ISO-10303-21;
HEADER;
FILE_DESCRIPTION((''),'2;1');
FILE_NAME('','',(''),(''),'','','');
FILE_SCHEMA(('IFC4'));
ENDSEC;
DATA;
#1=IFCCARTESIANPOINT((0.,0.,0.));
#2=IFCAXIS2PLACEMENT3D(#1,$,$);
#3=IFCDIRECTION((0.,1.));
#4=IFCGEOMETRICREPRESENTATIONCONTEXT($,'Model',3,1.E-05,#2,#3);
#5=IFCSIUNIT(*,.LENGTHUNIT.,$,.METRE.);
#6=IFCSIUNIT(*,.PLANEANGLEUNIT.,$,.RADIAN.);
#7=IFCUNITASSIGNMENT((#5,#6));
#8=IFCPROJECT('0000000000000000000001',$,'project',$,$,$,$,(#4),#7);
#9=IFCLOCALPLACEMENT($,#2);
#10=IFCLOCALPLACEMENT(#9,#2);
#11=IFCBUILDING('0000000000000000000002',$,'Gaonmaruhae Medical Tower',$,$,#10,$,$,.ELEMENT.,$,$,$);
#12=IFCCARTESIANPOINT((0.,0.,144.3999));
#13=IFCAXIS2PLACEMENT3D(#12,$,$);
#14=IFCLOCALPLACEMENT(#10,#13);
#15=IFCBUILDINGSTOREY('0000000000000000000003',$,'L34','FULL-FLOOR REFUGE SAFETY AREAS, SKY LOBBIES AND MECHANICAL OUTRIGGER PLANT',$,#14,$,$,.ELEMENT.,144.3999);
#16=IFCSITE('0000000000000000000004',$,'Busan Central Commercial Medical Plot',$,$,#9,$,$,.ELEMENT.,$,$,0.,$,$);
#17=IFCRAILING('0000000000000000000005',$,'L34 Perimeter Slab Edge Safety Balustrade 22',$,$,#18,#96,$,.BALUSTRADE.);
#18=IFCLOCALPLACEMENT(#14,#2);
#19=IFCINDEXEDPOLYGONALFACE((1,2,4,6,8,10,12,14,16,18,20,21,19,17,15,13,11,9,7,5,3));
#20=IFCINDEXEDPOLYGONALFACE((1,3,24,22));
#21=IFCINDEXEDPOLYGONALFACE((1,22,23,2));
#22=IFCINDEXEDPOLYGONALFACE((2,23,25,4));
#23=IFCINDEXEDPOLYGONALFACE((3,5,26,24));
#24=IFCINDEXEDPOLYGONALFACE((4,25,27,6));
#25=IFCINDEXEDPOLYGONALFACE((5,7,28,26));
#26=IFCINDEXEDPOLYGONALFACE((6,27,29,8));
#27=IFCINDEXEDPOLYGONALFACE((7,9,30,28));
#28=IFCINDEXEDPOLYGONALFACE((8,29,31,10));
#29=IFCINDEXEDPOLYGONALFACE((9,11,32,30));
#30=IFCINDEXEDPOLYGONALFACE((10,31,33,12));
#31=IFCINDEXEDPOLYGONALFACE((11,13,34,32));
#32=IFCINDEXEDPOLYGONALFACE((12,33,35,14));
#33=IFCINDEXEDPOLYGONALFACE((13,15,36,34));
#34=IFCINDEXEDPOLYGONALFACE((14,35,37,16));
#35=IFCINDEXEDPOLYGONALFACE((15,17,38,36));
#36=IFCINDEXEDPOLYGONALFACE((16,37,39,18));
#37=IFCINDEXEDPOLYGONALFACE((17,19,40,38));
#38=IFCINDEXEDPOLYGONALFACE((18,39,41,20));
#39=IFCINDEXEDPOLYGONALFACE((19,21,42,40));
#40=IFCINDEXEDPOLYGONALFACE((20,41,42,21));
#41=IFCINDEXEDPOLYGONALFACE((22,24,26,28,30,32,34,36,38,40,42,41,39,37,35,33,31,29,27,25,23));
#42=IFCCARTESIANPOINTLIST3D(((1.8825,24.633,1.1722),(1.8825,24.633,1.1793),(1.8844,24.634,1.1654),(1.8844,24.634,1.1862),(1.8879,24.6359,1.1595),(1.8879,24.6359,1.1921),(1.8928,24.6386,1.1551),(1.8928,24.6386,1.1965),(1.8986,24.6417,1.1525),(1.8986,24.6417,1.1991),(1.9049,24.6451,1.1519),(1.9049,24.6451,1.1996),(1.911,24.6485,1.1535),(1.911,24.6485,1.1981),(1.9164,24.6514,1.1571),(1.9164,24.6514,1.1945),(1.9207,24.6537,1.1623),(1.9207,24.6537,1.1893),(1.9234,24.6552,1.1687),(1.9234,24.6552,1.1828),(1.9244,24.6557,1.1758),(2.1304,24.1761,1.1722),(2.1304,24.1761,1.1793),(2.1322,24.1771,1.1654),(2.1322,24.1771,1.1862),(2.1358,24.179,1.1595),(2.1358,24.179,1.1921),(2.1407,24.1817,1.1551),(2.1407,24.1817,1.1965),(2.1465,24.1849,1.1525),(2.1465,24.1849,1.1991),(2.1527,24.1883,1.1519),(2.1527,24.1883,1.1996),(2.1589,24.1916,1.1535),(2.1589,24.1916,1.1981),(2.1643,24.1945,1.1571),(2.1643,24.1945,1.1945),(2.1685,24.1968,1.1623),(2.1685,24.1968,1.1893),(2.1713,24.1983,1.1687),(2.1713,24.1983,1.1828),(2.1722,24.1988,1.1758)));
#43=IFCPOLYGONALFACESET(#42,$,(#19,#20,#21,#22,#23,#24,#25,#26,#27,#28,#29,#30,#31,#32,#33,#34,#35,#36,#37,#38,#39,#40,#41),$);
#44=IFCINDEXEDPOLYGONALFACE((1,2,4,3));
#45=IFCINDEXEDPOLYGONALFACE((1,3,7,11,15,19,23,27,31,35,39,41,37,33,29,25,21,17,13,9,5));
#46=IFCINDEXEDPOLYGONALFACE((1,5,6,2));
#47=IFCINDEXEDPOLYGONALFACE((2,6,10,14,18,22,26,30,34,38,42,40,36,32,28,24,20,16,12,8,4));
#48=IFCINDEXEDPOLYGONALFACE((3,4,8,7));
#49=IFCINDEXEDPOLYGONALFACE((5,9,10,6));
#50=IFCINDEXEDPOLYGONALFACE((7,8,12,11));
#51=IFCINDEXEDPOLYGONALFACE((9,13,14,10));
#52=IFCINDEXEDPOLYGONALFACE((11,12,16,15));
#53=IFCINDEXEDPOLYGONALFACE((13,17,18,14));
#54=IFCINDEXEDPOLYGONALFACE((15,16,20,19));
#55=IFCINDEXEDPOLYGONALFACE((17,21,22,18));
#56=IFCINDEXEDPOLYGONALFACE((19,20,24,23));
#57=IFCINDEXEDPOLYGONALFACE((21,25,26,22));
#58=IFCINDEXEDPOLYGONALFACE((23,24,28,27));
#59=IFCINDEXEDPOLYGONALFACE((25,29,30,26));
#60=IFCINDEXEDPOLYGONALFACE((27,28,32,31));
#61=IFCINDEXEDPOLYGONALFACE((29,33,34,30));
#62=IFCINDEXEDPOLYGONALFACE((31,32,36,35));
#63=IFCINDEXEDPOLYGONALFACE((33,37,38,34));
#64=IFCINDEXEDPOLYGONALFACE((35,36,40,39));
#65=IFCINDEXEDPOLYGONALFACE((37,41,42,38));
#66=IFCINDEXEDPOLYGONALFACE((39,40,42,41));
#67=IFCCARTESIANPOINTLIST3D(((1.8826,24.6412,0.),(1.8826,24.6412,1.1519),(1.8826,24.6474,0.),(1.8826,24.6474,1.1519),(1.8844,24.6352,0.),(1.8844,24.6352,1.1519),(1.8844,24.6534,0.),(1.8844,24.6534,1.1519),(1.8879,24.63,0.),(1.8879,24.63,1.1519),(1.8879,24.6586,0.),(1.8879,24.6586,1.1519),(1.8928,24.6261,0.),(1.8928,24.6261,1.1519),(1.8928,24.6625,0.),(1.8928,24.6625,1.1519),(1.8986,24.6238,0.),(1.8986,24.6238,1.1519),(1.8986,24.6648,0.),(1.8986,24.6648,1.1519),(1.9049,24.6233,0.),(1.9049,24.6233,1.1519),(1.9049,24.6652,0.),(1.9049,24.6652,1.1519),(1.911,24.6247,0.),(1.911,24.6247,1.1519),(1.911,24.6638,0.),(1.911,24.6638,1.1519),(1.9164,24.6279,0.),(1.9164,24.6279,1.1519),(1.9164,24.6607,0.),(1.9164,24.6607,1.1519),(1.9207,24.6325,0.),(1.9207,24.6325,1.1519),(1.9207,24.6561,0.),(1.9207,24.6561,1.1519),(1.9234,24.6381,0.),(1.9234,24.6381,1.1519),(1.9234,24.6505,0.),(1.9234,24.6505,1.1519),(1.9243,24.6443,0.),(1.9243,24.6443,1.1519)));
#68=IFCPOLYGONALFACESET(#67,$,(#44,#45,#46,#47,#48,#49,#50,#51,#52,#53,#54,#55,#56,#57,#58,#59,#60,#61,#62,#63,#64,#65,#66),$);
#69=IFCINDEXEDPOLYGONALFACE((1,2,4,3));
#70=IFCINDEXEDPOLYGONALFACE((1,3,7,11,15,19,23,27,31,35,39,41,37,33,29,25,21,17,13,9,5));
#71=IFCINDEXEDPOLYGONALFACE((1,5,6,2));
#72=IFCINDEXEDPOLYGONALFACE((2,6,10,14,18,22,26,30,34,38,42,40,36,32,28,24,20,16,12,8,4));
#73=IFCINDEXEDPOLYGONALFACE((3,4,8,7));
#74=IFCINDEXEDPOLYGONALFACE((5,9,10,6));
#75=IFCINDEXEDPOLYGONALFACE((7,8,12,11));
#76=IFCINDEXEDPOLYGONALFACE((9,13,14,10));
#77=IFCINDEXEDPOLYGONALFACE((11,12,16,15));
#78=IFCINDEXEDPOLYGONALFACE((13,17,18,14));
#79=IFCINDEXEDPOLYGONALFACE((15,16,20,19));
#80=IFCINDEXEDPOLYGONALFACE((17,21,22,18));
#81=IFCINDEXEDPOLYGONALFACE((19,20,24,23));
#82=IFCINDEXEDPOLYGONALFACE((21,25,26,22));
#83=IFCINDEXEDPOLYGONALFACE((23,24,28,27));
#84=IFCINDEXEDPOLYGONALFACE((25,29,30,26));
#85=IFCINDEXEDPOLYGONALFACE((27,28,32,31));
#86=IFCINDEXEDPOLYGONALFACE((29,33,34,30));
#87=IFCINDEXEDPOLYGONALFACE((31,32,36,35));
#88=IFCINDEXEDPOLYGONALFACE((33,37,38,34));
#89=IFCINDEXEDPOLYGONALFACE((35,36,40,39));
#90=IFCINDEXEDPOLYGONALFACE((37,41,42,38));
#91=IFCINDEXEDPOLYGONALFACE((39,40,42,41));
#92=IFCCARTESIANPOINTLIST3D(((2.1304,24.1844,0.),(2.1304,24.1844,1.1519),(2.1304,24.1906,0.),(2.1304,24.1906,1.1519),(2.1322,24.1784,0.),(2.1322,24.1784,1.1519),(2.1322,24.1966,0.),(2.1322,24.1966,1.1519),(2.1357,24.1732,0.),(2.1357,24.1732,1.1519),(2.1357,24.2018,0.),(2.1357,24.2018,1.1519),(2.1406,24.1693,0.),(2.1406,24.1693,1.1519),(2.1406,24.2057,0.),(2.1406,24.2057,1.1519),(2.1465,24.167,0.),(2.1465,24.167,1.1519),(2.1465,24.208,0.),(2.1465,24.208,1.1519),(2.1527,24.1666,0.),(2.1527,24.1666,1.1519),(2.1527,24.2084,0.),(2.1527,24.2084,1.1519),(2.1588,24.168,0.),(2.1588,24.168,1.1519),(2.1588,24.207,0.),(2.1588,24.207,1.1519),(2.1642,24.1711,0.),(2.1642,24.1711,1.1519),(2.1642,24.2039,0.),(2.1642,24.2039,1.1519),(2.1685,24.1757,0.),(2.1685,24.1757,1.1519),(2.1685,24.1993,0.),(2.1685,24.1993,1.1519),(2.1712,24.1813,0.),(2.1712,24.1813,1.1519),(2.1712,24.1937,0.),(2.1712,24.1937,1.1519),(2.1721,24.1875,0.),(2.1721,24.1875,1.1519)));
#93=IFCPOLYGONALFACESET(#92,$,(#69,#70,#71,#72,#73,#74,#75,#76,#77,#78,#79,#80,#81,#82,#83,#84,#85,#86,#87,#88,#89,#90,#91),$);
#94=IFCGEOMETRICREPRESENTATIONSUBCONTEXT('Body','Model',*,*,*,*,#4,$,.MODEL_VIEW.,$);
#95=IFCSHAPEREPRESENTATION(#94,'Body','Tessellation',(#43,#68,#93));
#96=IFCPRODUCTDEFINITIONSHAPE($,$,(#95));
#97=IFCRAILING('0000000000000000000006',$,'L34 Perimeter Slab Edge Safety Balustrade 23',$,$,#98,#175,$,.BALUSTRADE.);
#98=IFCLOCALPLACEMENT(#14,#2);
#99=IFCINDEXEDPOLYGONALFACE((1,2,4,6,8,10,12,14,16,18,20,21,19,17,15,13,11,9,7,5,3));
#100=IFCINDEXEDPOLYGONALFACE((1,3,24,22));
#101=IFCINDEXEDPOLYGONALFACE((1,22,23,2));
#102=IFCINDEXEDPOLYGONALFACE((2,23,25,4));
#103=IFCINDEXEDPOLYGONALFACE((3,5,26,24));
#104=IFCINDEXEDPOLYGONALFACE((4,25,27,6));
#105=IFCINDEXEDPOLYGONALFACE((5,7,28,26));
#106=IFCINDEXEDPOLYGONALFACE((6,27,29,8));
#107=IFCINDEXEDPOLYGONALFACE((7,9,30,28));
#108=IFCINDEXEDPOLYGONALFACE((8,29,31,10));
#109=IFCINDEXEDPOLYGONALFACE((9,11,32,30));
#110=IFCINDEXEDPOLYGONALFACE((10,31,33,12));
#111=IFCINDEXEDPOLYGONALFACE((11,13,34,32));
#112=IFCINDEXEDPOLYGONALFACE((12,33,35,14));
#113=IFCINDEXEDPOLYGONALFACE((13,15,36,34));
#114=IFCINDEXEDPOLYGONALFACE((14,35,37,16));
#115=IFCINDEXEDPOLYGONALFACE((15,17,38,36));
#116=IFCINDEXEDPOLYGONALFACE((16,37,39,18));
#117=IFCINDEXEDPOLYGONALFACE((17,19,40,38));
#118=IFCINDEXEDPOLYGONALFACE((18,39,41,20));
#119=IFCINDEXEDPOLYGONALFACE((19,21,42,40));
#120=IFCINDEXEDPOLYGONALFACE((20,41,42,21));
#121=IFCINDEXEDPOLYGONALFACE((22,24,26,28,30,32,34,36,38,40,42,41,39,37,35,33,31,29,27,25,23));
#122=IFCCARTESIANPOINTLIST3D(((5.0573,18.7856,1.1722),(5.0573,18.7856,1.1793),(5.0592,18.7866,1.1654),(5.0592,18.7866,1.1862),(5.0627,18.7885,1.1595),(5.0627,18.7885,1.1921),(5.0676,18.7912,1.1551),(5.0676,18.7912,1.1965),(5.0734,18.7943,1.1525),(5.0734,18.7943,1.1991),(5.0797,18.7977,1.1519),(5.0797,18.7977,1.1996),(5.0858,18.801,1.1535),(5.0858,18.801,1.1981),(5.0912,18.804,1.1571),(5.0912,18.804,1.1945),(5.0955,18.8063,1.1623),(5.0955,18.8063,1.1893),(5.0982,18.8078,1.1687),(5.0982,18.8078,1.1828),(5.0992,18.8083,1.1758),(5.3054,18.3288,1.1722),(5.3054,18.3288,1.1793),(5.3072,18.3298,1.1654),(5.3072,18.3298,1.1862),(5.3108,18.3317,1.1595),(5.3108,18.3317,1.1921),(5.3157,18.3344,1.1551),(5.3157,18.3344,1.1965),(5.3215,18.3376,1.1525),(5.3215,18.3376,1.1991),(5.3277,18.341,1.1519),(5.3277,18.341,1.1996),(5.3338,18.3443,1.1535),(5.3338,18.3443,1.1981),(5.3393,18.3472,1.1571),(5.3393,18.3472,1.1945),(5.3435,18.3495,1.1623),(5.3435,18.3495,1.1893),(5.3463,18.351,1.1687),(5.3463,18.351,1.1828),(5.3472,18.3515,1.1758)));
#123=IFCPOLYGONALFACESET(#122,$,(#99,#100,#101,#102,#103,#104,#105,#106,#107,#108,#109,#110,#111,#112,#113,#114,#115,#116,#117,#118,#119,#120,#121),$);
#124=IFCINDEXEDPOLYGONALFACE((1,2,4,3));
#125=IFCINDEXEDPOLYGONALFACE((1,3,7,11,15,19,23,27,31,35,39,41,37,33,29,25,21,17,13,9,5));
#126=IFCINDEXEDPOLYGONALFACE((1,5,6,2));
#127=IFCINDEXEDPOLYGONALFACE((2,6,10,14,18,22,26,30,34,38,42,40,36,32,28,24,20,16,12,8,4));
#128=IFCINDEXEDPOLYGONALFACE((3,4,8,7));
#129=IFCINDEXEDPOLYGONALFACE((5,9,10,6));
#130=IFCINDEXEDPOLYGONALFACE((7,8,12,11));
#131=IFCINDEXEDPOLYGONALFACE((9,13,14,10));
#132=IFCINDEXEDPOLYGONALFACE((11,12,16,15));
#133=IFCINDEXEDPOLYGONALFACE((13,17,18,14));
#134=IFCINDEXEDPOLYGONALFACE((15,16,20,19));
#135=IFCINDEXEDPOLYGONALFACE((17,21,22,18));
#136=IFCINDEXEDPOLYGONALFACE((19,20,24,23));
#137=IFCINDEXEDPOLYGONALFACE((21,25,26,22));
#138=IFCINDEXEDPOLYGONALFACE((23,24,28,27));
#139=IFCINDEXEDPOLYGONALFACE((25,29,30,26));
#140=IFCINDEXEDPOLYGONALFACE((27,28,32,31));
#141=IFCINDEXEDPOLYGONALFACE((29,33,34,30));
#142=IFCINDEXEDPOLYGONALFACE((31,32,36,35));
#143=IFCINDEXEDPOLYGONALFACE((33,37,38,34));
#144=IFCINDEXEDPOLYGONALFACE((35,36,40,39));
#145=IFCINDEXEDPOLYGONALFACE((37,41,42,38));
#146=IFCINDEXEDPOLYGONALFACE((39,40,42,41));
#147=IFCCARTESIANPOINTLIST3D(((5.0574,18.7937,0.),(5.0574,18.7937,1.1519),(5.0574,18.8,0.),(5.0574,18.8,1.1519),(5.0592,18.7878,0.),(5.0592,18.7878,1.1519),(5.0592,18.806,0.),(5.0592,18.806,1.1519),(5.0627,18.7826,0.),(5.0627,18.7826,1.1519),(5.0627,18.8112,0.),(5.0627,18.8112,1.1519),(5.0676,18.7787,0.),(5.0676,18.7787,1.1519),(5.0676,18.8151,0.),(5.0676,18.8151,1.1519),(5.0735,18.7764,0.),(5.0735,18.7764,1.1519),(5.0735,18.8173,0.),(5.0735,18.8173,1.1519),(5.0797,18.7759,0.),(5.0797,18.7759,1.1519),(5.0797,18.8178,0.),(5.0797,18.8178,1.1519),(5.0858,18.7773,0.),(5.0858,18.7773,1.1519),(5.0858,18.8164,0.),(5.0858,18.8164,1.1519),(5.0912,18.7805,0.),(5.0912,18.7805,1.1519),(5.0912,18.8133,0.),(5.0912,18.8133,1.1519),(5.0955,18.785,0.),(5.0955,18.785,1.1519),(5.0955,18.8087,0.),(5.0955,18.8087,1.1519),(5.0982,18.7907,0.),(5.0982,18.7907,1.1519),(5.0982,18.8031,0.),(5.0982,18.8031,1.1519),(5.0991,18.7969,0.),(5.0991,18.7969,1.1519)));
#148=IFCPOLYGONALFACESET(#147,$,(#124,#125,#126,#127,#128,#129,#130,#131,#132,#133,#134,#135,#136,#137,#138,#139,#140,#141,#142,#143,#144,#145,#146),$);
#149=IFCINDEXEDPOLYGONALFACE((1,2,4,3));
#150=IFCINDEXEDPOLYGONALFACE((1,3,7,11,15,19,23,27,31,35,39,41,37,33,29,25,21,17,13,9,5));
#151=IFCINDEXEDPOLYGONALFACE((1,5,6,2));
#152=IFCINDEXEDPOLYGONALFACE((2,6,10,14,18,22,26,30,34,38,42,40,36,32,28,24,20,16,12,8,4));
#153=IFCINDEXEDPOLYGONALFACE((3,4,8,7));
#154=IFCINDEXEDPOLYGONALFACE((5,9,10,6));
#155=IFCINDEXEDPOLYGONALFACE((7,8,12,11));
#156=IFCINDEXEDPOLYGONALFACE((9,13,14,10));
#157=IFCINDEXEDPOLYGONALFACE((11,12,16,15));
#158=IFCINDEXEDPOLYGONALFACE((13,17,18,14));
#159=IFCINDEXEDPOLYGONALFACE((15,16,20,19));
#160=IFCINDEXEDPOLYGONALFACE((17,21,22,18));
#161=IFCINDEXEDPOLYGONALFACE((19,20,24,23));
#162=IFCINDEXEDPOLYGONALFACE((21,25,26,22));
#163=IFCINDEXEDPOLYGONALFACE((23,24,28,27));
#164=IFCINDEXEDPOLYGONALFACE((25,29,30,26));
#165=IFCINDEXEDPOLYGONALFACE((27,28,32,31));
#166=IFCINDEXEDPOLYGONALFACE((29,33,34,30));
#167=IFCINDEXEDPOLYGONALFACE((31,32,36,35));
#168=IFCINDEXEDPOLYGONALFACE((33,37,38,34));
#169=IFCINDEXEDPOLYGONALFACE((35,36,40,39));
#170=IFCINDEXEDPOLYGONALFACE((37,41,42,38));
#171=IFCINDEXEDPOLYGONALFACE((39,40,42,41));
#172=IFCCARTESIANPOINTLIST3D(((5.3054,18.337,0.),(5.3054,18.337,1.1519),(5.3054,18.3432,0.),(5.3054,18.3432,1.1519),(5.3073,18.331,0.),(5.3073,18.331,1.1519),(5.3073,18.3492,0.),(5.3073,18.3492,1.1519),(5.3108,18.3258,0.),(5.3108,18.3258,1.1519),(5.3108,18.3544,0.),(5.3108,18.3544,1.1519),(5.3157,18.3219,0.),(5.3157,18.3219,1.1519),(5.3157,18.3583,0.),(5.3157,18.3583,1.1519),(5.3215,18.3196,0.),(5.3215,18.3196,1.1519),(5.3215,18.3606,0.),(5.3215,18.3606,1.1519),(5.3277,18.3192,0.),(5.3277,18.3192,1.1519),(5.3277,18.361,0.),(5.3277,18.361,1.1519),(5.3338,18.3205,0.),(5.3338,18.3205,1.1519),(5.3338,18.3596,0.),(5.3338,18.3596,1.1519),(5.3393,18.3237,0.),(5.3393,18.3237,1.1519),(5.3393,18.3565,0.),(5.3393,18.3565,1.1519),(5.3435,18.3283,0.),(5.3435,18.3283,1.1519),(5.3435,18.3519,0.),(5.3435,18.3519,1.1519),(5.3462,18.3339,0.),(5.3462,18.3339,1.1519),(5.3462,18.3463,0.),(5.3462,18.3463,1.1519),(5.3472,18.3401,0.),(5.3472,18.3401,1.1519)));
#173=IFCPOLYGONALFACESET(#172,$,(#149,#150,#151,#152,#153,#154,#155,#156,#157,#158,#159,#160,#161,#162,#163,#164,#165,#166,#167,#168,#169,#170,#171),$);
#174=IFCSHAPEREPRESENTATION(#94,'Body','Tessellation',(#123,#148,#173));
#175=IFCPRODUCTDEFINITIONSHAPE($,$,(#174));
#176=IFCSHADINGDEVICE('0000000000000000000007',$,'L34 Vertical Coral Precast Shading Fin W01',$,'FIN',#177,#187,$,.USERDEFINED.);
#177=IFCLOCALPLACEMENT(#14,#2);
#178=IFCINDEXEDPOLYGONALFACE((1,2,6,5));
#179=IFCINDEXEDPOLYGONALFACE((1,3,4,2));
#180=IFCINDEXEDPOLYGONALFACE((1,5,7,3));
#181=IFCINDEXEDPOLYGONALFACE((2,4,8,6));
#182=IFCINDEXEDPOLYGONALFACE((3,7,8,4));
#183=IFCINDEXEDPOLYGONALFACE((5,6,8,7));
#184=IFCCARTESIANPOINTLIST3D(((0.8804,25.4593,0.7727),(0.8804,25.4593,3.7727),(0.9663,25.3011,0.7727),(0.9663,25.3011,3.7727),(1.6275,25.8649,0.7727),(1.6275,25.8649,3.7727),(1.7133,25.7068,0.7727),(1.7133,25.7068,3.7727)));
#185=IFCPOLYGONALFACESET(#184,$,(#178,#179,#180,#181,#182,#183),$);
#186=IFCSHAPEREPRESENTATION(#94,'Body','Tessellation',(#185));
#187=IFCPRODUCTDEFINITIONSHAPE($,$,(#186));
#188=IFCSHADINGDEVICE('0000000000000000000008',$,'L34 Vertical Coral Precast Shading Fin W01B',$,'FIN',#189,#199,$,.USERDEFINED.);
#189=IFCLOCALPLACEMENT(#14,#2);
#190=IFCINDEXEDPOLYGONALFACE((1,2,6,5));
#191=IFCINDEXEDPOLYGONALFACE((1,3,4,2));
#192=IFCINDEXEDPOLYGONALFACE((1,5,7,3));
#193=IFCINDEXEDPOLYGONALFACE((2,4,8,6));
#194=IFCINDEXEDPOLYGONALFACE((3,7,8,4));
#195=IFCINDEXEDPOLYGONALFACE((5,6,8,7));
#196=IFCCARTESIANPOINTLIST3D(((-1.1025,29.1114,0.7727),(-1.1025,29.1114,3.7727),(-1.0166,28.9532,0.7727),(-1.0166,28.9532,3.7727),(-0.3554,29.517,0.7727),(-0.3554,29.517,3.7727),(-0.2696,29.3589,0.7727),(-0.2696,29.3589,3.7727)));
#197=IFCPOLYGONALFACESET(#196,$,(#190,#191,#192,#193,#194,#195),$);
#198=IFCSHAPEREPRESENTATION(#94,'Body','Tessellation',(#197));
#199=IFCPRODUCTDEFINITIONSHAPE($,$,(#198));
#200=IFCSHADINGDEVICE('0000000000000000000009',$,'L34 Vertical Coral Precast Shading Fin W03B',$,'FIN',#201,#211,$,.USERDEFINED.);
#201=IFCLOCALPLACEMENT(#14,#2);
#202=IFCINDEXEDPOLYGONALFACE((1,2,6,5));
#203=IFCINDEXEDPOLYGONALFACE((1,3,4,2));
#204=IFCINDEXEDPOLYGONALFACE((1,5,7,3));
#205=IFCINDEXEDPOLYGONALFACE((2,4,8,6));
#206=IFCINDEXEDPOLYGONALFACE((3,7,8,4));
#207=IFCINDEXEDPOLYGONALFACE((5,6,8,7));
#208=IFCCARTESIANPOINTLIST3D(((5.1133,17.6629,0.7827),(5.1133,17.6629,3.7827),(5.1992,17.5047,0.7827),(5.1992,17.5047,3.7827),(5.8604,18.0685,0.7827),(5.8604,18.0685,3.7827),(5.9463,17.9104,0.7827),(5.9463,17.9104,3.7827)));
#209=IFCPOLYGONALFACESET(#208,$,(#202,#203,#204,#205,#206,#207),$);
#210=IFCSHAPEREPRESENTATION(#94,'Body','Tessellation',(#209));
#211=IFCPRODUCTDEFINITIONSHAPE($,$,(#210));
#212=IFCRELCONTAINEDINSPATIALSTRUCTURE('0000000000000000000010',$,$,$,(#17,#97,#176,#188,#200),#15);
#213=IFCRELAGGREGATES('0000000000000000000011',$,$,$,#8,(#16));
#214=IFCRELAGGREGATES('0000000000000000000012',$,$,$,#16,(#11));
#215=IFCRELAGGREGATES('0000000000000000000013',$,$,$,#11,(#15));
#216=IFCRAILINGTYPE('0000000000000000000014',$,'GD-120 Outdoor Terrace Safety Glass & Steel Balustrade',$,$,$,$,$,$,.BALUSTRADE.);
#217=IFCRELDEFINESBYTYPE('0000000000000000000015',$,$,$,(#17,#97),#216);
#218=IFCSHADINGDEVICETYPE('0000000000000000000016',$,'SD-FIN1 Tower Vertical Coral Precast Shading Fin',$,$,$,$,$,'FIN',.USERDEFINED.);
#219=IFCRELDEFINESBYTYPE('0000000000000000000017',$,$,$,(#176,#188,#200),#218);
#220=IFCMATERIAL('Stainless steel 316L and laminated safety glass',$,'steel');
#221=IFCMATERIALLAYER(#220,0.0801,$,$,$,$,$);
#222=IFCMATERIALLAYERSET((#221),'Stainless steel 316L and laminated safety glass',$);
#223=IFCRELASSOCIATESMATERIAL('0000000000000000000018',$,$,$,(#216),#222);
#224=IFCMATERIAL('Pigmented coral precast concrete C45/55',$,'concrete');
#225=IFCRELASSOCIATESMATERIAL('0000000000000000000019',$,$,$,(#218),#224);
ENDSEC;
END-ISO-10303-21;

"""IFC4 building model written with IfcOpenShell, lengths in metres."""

from ifc_helpers import new_model, si_unit, direction, frame, origin, origin_2d, place, context, subcontext, project, spatial, rectangle, circle, extrude, material, layer, layer_set, type_object, element, save


model = new_model("IFC4")

# Units and contexts
model_context = context("Model", 3, precision=1e-05, world=origin(), true_north=direction((0.0, 1.0)))
body_context = subcontext(model_context, "Body", "Model", "MODEL_VIEW")
ifc_project = project(units=[si_unit("LENGTHUNIT", "METRE"), si_unit("PLANEANGLEUNIT", "RADIAN")], contexts=[model_context])

# Site, building, storey
site_placement = place(None, origin())
site = spatial("IfcSite", under=ifc_project, at=site_placement, Name="Busan Central Commercial Medical Plot", CompositionType="ELEMENT", RefElevation=0.0)
building_placement = place(site_placement, origin())
building = spatial("IfcBuilding", under=site, at=building_placement, Name="Gaonmaruhae Medical Tower", CompositionType="ELEMENT")
storey_placement = place(building_placement, frame((0.0, 0.0, 144.3999)))
storey = spatial("IfcBuildingStorey", under=building, at=storey_placement, Name="L34", Description="FULL-FLOOR REFUGE SAFETY AREAS, SKY LOBBIES AND MECHANICAL OUTRIGGER PLANT", CompositionType="ELEMENT", Elevation=144.3999)

# Railings
ifc_material_1 = material(Name="Stainless steel 316L and laminated safety glass", Category="steel")
ifc_layer_1 = layer(ifc_material_1, 0.0801)
ifc_layer_set_1 = layer_set([ifc_layer_1], Name="Stainless steel 316L and laminated safety glass")
railing_type = type_object("IfcRailingType", Name="GD-120 Outdoor Terrace Safety Glass & Steel Balustrade", PredefinedType="BALUSTRADE", material=ifc_layer_set_1)
railing_1_placement = place(storey_placement, frame((1.9033, 24.6443, 0.0)))
element("IfcRailing", 1, at=railing_1_placement, inside=storey, type_object=railing_type, Name="L34 Perimeter Slab Edge Safety Balustrade 22", PredefinedType="BALUSTRADE", context=body_context, shape_type="SweptSolid", body=[
    extrude(circle(Radius=0.0239, at=origin_2d()), frame((0.0, 0.0, 1.1758), z_axis=(0.476843, -0.878988, 0.0), x_axis=(0.878988, 0.476843, 0.0)), (0.0, 0.0, 1.0), 0.5198),
    extrude(circle(Radius=0.021, at=origin_2d()), origin(), (0.0, 0.0, 1.0), 1.1519),
    extrude(circle(Radius=0.021, at=origin_2d()), frame((0.2478, -0.4568, 0.0)), (0.0, 0.0, 1.0), 1.1519),
])
railing_2_placement = place(storey_placement, frame((5.0781, 18.7969, 0.0)))
element("IfcRailing", 2, at=railing_2_placement, inside=storey, type_object=railing_type, Name="L34 Perimeter Slab Edge Safety Balustrade 23", PredefinedType="BALUSTRADE", context=body_context, shape_type="SweptSolid", body=[
    extrude(circle(Radius=0.0239, at=origin_2d()), frame((0.0, 0.0, 1.1758), z_axis=(0.477206, -0.878792, 0.0), x_axis=(0.878792, 0.477206, 0.0)), (0.0, 0.0, 1.0), 0.5198),
    extrude(circle(Radius=0.021, at=origin_2d()), origin(), (0.0, 0.0, 1.0), 1.1519),
    extrude(circle(Radius=0.021, at=origin_2d()), frame((0.248, -0.4568, 0.0)), (0.0, 0.0, 1.0), 1.1519),
])

# Shading devices
ifc_material_2 = material(Name="Pigmented coral precast concrete C45/55", Category="concrete")
shading_device_type = type_object("IfcShadingDeviceType", Name="SD-FIN1 Tower Vertical Coral Precast Shading Fin", ElementType="FIN", PredefinedType="USERDEFINED", material=ifc_material_2)
for number, where, z_axis, x_axis, name in (
    (3, (1.2969, 25.583, 0.7727), (0.0, 0.0, 1.0), (-0.477159, 0.878817, 0.0), "L34 Vertical Coral Precast Shading Fin W01"),
    (4, (-0.686, 29.2351, 0.7727), (0.0, 0.0, 1.0), (-0.477159, 0.878817, 0.0), "L34 Vertical Coral Precast Shading Fin W01B"),
    (5, (5.5298, 17.7866, 0.7827), (0.0, 0.0, 1.0), (-0.477159, 0.878817, 0.0), "L34 Vertical Coral Precast Shading Fin W03B"),
):
    element("IfcShadingDevice", number, at=place(storey_placement, frame(where, z_axis=z_axis, x_axis=x_axis)), inside=storey, type_object=shading_device_type, Name=name, ObjectType="FIN", PredefinedType="USERDEFINED", context=body_context, shape_type="SweptSolid", body=[
        extrude(rectangle(XDim=0.1799, YDim=0.8501, at=origin_2d()), origin(), (0.0, 0.0, 1.0), 3.0),
    ])

save(model, "model.ifc")
